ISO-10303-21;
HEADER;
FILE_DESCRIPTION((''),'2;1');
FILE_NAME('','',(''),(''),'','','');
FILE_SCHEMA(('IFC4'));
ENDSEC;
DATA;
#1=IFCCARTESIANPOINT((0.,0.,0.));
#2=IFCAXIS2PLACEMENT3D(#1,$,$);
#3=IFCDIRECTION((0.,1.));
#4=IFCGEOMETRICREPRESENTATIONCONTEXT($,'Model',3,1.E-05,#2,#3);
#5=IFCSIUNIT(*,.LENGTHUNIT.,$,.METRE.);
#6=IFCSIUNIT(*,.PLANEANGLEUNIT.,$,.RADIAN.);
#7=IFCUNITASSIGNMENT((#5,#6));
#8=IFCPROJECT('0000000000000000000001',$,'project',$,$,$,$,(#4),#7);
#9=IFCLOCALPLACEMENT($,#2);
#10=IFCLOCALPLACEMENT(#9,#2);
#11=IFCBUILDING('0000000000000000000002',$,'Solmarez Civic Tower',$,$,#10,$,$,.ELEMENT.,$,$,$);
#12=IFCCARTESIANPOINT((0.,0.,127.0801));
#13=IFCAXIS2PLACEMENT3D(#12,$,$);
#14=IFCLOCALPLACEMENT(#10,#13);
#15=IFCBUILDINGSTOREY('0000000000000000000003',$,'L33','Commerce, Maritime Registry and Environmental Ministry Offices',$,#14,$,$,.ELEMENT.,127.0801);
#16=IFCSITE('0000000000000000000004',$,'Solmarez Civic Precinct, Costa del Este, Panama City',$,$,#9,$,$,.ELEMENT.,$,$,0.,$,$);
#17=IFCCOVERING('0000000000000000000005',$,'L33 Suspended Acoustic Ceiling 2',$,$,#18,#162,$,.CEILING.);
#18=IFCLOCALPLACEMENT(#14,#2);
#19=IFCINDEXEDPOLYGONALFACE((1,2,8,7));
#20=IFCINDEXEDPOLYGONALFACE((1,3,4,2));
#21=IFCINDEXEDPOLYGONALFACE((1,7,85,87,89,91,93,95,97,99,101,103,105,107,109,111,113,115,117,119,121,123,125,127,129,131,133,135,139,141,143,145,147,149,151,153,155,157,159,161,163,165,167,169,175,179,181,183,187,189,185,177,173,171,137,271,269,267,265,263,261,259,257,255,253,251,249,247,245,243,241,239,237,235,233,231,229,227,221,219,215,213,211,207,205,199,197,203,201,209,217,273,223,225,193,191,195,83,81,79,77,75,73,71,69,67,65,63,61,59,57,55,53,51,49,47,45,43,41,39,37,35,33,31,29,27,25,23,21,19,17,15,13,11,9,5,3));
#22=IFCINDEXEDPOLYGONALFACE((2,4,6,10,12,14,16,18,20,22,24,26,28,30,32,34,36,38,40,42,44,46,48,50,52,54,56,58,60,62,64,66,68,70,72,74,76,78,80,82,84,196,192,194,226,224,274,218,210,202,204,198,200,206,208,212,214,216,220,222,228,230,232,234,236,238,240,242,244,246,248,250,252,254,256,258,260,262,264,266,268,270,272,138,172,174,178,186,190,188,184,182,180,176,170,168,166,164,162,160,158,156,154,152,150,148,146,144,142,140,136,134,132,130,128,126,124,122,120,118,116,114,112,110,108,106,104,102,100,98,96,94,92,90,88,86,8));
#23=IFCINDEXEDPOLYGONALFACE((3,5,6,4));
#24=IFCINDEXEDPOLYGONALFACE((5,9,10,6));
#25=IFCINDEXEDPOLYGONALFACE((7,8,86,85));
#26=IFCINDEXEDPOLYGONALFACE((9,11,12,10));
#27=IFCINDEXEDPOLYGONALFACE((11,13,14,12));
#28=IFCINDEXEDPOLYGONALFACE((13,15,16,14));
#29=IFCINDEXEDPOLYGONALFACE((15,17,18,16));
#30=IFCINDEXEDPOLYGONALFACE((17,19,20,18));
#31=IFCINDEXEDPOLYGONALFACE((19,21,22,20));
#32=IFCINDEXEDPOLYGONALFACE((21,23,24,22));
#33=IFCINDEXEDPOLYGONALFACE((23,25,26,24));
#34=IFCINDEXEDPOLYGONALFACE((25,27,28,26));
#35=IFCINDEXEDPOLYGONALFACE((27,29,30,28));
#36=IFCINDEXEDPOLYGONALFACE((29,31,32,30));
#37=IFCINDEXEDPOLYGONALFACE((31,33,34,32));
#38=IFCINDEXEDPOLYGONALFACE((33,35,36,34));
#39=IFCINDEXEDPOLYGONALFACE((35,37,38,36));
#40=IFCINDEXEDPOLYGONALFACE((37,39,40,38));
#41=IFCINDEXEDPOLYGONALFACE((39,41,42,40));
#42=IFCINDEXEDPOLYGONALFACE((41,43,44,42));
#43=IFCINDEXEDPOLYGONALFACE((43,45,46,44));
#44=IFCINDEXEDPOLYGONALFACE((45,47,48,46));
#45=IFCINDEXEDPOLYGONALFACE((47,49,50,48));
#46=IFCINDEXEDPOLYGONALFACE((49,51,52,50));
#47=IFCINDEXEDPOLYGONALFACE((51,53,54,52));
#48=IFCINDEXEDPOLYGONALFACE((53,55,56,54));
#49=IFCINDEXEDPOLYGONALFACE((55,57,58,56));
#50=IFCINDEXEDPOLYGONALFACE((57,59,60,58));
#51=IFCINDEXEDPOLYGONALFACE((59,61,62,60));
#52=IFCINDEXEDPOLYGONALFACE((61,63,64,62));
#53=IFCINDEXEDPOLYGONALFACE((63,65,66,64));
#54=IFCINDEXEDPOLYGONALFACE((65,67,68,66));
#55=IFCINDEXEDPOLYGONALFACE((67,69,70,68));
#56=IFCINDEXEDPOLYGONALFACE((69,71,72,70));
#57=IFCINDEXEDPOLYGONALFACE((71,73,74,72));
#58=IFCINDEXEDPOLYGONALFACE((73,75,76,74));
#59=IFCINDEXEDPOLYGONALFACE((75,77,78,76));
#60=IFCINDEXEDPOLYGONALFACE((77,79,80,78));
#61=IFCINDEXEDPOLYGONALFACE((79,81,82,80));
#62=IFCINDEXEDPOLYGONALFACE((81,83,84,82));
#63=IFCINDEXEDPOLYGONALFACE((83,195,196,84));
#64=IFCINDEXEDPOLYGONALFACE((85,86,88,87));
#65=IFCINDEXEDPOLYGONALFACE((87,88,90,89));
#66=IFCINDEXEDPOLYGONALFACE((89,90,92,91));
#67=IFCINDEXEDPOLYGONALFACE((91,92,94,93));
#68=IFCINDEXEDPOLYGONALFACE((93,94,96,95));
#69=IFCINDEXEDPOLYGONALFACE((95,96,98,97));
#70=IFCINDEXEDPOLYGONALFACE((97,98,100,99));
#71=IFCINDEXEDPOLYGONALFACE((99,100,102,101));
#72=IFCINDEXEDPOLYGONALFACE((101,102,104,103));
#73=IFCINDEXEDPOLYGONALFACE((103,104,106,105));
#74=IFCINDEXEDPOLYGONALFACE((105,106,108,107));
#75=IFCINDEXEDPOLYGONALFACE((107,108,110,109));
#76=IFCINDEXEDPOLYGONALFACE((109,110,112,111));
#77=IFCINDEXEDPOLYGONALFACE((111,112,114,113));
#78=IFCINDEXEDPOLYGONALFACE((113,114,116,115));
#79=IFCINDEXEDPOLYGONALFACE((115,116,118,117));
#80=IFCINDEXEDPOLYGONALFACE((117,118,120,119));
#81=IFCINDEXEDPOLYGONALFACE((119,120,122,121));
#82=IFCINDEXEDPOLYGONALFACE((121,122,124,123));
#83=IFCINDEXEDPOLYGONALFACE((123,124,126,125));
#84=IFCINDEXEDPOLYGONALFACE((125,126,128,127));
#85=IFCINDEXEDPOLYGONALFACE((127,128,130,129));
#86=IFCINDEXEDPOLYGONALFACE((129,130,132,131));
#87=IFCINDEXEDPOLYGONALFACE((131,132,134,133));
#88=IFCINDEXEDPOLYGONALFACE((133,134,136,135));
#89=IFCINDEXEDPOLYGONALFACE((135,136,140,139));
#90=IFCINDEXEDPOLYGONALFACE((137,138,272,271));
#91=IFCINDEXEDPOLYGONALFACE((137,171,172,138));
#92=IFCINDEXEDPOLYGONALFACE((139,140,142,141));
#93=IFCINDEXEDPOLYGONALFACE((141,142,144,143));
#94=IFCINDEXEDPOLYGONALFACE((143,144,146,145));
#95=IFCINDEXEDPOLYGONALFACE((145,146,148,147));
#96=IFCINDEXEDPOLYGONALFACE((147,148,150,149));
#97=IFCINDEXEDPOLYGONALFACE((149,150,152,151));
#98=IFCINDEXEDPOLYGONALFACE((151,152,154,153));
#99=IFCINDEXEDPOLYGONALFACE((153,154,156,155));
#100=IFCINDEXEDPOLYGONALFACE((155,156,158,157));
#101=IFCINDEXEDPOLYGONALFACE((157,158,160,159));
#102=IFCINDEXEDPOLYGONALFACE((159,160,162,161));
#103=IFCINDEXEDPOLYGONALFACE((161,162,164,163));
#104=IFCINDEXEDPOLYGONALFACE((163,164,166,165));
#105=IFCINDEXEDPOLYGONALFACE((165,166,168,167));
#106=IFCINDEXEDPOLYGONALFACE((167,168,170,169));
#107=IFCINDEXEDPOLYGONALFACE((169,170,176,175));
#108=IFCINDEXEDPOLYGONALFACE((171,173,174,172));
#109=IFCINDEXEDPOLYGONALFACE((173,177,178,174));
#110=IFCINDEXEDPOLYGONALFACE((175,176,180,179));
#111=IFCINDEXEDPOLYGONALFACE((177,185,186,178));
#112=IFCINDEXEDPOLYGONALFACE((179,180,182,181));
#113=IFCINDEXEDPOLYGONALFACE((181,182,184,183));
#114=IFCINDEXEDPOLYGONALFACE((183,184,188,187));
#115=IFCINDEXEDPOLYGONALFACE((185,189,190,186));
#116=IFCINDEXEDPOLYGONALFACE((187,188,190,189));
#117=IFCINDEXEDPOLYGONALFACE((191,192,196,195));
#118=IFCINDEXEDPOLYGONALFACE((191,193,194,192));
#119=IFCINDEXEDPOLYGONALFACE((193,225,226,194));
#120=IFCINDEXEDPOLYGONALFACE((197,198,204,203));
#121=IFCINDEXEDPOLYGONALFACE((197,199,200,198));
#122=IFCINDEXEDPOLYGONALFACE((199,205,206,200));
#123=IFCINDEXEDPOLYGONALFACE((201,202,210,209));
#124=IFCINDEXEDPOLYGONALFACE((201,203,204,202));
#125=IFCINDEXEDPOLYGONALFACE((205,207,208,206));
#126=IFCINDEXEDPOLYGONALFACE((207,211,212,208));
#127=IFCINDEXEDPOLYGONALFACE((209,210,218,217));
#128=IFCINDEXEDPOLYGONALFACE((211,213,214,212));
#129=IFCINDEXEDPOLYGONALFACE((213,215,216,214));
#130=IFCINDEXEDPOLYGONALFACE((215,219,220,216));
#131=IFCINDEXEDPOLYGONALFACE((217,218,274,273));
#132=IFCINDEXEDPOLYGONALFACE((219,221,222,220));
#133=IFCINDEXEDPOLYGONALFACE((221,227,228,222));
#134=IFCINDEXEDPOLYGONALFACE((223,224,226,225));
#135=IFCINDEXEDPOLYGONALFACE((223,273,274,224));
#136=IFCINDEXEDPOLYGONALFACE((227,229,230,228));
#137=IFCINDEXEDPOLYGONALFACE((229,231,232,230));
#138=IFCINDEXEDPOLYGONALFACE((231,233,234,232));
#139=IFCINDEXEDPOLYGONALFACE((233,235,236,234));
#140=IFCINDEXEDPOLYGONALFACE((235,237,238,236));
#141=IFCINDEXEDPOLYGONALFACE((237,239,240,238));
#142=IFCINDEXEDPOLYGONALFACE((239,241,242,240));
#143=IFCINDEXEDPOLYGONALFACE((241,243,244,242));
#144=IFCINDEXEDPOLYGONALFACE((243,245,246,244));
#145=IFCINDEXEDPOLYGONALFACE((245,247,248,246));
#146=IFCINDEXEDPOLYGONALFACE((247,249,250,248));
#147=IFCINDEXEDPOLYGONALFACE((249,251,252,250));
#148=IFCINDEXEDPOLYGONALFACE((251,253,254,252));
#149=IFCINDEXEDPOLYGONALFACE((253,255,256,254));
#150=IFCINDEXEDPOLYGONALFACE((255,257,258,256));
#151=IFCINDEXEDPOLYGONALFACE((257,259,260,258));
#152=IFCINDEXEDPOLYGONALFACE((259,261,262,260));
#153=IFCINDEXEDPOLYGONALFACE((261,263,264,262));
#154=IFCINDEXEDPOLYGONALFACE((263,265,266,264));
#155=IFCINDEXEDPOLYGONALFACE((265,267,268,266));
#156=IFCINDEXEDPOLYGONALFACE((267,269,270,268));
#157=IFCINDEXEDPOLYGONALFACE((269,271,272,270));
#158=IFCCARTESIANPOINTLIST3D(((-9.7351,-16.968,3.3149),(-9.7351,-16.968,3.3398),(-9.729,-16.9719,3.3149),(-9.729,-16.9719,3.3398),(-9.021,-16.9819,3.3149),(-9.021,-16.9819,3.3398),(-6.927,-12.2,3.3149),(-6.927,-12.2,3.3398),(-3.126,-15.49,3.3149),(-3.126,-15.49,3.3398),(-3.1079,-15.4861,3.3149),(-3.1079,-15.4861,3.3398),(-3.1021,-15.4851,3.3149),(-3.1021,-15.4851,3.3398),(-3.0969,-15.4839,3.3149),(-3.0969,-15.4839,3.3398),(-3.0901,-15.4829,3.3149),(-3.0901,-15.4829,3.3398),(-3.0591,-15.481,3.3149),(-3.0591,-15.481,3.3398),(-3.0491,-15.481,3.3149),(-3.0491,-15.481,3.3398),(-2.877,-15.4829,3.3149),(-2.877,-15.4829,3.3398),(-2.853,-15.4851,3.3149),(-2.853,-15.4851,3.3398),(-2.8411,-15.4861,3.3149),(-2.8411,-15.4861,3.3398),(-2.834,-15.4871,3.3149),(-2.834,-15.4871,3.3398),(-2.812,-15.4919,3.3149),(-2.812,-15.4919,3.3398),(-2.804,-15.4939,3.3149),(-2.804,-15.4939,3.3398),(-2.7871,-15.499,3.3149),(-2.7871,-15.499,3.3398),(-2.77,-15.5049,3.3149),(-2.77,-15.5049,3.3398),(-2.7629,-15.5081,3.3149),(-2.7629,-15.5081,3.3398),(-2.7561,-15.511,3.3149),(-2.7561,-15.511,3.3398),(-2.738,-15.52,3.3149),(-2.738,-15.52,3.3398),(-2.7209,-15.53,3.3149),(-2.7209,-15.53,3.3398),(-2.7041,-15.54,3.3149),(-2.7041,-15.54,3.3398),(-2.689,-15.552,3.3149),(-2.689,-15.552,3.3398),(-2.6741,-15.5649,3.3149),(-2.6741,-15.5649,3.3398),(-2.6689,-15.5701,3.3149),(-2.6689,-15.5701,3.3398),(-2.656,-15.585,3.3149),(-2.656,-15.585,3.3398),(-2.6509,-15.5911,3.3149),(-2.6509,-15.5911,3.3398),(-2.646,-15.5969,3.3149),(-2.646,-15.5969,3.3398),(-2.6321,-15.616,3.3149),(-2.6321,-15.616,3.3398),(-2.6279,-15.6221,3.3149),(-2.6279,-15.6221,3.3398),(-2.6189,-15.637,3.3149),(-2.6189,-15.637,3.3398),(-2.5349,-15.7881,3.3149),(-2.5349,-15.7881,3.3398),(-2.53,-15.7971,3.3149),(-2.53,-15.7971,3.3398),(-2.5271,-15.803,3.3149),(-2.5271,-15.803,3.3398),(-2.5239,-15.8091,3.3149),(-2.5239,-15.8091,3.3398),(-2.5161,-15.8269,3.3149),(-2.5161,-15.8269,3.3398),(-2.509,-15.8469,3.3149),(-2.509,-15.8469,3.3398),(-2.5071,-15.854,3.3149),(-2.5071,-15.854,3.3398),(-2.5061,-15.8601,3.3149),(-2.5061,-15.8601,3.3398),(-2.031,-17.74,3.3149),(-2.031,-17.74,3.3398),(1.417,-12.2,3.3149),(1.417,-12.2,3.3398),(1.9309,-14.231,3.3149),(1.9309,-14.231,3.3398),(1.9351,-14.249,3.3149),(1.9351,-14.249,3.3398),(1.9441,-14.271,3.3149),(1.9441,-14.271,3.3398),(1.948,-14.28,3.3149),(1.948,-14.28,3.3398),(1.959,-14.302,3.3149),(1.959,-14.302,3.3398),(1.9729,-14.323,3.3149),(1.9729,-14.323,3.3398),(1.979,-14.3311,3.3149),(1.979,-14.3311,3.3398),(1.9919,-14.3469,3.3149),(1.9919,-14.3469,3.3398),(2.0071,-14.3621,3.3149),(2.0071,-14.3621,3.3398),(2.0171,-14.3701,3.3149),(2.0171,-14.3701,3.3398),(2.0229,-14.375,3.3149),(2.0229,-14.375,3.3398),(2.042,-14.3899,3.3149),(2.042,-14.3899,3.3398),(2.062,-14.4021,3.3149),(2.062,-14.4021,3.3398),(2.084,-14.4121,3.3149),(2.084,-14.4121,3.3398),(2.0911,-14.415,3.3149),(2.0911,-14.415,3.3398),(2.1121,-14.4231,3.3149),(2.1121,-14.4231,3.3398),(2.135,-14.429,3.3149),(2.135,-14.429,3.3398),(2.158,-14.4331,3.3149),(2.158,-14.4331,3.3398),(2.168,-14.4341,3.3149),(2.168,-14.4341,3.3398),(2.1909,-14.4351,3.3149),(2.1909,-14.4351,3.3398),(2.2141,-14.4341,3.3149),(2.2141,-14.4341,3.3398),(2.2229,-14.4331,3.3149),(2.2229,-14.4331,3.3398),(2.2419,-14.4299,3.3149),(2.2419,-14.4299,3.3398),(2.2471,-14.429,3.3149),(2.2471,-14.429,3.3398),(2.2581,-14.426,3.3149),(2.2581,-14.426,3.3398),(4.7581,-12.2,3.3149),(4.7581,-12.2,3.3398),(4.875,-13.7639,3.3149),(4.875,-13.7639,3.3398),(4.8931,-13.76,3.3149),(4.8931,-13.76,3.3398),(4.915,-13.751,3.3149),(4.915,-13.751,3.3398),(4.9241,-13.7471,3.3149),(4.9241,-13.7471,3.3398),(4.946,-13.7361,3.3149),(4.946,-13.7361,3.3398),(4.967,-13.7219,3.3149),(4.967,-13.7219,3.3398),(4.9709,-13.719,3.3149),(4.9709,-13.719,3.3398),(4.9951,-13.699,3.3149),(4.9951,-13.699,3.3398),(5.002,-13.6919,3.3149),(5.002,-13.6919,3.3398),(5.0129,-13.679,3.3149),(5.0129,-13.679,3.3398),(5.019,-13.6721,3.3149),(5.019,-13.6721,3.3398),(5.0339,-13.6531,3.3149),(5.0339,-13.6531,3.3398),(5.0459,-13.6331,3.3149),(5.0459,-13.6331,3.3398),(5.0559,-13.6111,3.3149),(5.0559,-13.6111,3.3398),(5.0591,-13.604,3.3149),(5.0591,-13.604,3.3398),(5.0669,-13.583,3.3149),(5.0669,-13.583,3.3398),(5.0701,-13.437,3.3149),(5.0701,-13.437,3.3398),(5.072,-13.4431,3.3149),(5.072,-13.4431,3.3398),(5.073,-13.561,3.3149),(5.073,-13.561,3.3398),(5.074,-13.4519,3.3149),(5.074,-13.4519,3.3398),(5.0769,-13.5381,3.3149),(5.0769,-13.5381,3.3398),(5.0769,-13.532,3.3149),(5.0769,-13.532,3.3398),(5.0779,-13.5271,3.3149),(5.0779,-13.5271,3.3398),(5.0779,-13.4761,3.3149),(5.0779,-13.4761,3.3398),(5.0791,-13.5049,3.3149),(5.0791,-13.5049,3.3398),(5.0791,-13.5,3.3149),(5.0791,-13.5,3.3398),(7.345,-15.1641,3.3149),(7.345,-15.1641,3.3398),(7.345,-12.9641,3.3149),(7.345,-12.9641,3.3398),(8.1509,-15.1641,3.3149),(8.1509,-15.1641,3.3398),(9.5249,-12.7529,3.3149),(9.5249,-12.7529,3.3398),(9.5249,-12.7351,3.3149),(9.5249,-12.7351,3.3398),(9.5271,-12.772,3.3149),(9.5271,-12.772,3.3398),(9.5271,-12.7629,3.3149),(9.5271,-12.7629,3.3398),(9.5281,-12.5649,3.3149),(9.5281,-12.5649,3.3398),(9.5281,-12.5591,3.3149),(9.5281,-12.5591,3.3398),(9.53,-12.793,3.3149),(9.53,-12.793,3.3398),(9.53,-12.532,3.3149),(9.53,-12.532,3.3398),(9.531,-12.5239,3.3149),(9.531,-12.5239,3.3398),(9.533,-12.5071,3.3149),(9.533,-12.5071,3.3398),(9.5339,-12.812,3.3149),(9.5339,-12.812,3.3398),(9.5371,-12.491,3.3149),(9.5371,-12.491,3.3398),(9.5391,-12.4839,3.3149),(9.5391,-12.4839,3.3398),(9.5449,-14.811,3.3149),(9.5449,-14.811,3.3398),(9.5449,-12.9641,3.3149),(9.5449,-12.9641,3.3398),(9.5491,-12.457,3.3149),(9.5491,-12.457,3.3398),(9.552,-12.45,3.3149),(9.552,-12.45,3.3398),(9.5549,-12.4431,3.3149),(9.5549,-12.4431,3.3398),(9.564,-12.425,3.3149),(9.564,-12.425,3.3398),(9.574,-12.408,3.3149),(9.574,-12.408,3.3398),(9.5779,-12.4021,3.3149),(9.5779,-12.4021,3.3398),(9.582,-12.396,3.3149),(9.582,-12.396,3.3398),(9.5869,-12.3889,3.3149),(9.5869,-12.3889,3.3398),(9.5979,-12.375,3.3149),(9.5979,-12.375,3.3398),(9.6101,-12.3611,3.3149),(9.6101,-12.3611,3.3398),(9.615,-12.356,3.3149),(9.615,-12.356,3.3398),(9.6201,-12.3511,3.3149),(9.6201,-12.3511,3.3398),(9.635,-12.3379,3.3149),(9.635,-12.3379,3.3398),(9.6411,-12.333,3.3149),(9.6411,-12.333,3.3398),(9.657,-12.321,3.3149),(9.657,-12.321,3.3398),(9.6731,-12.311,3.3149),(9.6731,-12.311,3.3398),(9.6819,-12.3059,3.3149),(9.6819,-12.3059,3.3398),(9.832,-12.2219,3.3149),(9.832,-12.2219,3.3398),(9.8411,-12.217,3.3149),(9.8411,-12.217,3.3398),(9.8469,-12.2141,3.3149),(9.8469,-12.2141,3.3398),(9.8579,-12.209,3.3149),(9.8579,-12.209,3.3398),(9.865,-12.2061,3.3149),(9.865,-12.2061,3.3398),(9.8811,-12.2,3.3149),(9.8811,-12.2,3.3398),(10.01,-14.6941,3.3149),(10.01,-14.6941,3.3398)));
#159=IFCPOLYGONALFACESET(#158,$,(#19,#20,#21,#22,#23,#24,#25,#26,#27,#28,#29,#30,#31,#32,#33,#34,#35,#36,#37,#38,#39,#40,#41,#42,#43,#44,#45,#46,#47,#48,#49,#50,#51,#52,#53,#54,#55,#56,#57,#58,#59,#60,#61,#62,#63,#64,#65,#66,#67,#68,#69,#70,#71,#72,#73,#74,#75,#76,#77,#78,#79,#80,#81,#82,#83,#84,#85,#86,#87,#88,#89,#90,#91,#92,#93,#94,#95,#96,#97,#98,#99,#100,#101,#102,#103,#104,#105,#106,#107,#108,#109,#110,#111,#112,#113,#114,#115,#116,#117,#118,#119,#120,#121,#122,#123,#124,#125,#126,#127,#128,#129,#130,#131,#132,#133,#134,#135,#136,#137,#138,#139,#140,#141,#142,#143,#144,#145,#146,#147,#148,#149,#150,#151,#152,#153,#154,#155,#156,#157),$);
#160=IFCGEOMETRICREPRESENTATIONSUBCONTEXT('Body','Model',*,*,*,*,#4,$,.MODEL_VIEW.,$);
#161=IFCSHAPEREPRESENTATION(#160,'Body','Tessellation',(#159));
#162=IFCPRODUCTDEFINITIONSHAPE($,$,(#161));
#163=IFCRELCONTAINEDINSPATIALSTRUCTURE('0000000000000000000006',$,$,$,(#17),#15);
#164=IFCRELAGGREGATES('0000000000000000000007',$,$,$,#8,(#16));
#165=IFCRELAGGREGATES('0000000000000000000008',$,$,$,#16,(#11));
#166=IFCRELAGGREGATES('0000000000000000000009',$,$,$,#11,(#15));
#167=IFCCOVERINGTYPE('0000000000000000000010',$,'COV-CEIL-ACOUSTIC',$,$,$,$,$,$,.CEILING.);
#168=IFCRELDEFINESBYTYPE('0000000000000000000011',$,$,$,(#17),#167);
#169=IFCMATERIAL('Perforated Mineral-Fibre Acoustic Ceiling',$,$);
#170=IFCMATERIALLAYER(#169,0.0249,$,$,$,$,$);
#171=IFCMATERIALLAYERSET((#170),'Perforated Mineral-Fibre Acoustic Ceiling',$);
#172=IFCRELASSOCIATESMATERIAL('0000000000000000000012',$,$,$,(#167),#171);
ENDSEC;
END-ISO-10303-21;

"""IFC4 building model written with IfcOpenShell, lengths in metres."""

from ifc_helpers import new_model, si_unit, direction, frame, origin, place, context, subcontext, project, spatial, polyline, outline, extrude, material, layer, layer_set, type_object, element, save


model = new_model("IFC4")

# Units and contexts
model_context = context("Model", 3, precision=1e-05, world=origin(), true_north=direction((0.0, 1.0)))
body_context = subcontext(model_context, "Body", "Model", "MODEL_VIEW")
ifc_project = project(units=[si_unit("LENGTHUNIT", "METRE"), si_unit("PLANEANGLEUNIT", "RADIAN")], contexts=[model_context])

# Site, building, storey
site_placement = place(None, origin())
site = spatial("IfcSite", under=ifc_project, at=site_placement, Name="Solmarez Civic Precinct, Costa del Este, Panama City", CompositionType="ELEMENT", RefElevation=0.0)
building_placement = place(site_placement, origin())
building = spatial("IfcBuilding", under=site, at=building_placement, Name="Solmarez Civic Tower", CompositionType="ELEMENT")
storey_placement = place(building_placement, frame((0.0, 0.0, 127.0801)))
storey = spatial("IfcBuildingStorey", under=building, at=storey_placement, Name="L33", Description="Commerce, Maritime Registry and Environmental Ministry Offices", CompositionType="ELEMENT", Elevation=127.0801)

# Covering
ifc_material_1 = material(Name="Perforated Mineral-Fibre Acoustic Ceiling")
ifc_layer_1 = layer(ifc_material_1, 0.0249)
ifc_layer_set_1 = layer_set([ifc_layer_1], Name="Perforated Mineral-Fibre Acoustic Ceiling")
covering_type_1 = type_object("IfcCoveringType", Name="COV-CEIL-ACOUSTIC", PredefinedType="CEILING", material=ifc_layer_set_1)
covering_1_placement = place(storey_placement, frame((0.0, 0.0, 3.3149)))
element("IfcCovering", 1, at=covering_1_placement, inside=storey, type_object=covering_type_1, Name="L33 Suspended Acoustic Ceiling 2", PredefinedType="CEILING", context=body_context, shape_type="SweptSolid", body=[
    extrude(outline(polyline([(-2.7209, -15.53), (-2.7041, -15.54), (-2.689, -15.552), (-2.6741, -15.5649), (-2.6689, -15.5701), (-2.656, -15.585), (-2.6509, -15.5911), (-2.646, -15.5969), (-2.6321, -15.616), (-2.6279, -15.6221), (-2.6189, -15.637), (-2.5349, -15.7881), (-2.53, -15.7971), (-2.5271, -15.803), (-2.5239, -15.8091), (-2.5161, -15.8269), (-2.509, -15.8469), (-2.5071, -15.854), (-2.5061, -15.8601), (-2.031, -17.74), (8.1509, -15.1641), (7.345, -15.1641), (7.345, -12.9641), (9.5449, -12.9641), (9.5449, -14.811), (10.01, -14.6941), (9.5339, -12.812), (9.53, -12.793), (9.5271, -12.772), (9.5271, -12.7629), (9.5249, -12.7529), (9.5249, -12.7351), (9.5281, -12.5649), (9.5281, -12.5591), (9.53, -12.532), (9.531, -12.5239), (9.533, -12.5071), (9.5371, -12.491), (9.5391, -12.4839), (9.5491, -12.457), (9.552, -12.45), (9.5549, -12.4431), (9.564, -12.425), (9.574, -12.408), (9.5779, -12.4021), (9.582, -12.396), (9.5869, -12.3889), (9.5979, -12.375), (9.6101, -12.3611), (9.615, -12.356), (9.6201, -12.3511), (9.635, -12.3379), (9.6411, -12.333), (9.657, -12.321), (9.6731, -12.311), (9.6819, -12.3059), (9.832, -12.2219), (9.8411, -12.217), (9.8469, -12.2141), (9.8579, -12.209), (9.865, -12.2061), (9.8811, -12.2), (4.7581, -12.2), (5.0701, -13.437), (5.072, -13.4431), (5.074, -13.4519), (5.0779, -13.4761), (5.0791, -13.5), (5.0791, -13.5049), (5.0779, -13.5271), (5.0769, -13.532), (5.0769, -13.5381), (5.073, -13.561), (5.0669, -13.583), (5.0591, -13.604), (5.0559, -13.6111), (5.0459, -13.6331), (5.0339, -13.6531), (5.019, -13.6721), (5.0129, -13.679), (5.002, -13.6919), (4.9951, -13.699), (4.9709, -13.719), (4.967, -13.7219), (4.946, -13.7361), (4.9241, -13.7471), (4.915, -13.751), (4.8931, -13.76), (4.875, -13.7639), (2.2581, -14.426), (2.2471, -14.429), (2.2419, -14.4299), (2.2229, -14.4331), (2.2141, -14.4341), (2.1909, -14.4351), (2.168, -14.4341), (2.158, -14.4331), (2.135, -14.429), (2.1121, -14.4231), (2.0911, -14.415), (2.084, -14.4121), (2.062, -14.4021), (2.042, -14.3899), (2.0229, -14.375), (2.0171, -14.3701), (2.0071, -14.3621), (1.9919, -14.3469), (1.979, -14.3311), (1.9729, -14.323), (1.959, -14.302), (1.948, -14.28), (1.9441, -14.271), (1.9351, -14.249), (1.9309, -14.231), (1.417, -12.2), (-6.927, -12.2), (-9.7351, -16.968), (-9.729, -16.9719), (-9.021, -16.9819), (-3.126, -15.49), (-3.1079, -15.4861), (-3.1021, -15.4851), (-3.0969, -15.4839), (-3.0901, -15.4829), (-3.0591, -15.481), (-3.0491, -15.481), (-2.877, -15.4829), (-2.853, -15.4851), (-2.8411, -15.4861), (-2.834, -15.4871), (-2.812, -15.4919), (-2.804, -15.4939), (-2.7871, -15.499), (-2.77, -15.5049), (-2.7629, -15.5081), (-2.7561, -15.511), (-2.738, -15.52), (-2.7209, -15.53)])), origin(), (0.0, 0.0, 1.0), 0.0249),
])

save(model, "model.ifc")
